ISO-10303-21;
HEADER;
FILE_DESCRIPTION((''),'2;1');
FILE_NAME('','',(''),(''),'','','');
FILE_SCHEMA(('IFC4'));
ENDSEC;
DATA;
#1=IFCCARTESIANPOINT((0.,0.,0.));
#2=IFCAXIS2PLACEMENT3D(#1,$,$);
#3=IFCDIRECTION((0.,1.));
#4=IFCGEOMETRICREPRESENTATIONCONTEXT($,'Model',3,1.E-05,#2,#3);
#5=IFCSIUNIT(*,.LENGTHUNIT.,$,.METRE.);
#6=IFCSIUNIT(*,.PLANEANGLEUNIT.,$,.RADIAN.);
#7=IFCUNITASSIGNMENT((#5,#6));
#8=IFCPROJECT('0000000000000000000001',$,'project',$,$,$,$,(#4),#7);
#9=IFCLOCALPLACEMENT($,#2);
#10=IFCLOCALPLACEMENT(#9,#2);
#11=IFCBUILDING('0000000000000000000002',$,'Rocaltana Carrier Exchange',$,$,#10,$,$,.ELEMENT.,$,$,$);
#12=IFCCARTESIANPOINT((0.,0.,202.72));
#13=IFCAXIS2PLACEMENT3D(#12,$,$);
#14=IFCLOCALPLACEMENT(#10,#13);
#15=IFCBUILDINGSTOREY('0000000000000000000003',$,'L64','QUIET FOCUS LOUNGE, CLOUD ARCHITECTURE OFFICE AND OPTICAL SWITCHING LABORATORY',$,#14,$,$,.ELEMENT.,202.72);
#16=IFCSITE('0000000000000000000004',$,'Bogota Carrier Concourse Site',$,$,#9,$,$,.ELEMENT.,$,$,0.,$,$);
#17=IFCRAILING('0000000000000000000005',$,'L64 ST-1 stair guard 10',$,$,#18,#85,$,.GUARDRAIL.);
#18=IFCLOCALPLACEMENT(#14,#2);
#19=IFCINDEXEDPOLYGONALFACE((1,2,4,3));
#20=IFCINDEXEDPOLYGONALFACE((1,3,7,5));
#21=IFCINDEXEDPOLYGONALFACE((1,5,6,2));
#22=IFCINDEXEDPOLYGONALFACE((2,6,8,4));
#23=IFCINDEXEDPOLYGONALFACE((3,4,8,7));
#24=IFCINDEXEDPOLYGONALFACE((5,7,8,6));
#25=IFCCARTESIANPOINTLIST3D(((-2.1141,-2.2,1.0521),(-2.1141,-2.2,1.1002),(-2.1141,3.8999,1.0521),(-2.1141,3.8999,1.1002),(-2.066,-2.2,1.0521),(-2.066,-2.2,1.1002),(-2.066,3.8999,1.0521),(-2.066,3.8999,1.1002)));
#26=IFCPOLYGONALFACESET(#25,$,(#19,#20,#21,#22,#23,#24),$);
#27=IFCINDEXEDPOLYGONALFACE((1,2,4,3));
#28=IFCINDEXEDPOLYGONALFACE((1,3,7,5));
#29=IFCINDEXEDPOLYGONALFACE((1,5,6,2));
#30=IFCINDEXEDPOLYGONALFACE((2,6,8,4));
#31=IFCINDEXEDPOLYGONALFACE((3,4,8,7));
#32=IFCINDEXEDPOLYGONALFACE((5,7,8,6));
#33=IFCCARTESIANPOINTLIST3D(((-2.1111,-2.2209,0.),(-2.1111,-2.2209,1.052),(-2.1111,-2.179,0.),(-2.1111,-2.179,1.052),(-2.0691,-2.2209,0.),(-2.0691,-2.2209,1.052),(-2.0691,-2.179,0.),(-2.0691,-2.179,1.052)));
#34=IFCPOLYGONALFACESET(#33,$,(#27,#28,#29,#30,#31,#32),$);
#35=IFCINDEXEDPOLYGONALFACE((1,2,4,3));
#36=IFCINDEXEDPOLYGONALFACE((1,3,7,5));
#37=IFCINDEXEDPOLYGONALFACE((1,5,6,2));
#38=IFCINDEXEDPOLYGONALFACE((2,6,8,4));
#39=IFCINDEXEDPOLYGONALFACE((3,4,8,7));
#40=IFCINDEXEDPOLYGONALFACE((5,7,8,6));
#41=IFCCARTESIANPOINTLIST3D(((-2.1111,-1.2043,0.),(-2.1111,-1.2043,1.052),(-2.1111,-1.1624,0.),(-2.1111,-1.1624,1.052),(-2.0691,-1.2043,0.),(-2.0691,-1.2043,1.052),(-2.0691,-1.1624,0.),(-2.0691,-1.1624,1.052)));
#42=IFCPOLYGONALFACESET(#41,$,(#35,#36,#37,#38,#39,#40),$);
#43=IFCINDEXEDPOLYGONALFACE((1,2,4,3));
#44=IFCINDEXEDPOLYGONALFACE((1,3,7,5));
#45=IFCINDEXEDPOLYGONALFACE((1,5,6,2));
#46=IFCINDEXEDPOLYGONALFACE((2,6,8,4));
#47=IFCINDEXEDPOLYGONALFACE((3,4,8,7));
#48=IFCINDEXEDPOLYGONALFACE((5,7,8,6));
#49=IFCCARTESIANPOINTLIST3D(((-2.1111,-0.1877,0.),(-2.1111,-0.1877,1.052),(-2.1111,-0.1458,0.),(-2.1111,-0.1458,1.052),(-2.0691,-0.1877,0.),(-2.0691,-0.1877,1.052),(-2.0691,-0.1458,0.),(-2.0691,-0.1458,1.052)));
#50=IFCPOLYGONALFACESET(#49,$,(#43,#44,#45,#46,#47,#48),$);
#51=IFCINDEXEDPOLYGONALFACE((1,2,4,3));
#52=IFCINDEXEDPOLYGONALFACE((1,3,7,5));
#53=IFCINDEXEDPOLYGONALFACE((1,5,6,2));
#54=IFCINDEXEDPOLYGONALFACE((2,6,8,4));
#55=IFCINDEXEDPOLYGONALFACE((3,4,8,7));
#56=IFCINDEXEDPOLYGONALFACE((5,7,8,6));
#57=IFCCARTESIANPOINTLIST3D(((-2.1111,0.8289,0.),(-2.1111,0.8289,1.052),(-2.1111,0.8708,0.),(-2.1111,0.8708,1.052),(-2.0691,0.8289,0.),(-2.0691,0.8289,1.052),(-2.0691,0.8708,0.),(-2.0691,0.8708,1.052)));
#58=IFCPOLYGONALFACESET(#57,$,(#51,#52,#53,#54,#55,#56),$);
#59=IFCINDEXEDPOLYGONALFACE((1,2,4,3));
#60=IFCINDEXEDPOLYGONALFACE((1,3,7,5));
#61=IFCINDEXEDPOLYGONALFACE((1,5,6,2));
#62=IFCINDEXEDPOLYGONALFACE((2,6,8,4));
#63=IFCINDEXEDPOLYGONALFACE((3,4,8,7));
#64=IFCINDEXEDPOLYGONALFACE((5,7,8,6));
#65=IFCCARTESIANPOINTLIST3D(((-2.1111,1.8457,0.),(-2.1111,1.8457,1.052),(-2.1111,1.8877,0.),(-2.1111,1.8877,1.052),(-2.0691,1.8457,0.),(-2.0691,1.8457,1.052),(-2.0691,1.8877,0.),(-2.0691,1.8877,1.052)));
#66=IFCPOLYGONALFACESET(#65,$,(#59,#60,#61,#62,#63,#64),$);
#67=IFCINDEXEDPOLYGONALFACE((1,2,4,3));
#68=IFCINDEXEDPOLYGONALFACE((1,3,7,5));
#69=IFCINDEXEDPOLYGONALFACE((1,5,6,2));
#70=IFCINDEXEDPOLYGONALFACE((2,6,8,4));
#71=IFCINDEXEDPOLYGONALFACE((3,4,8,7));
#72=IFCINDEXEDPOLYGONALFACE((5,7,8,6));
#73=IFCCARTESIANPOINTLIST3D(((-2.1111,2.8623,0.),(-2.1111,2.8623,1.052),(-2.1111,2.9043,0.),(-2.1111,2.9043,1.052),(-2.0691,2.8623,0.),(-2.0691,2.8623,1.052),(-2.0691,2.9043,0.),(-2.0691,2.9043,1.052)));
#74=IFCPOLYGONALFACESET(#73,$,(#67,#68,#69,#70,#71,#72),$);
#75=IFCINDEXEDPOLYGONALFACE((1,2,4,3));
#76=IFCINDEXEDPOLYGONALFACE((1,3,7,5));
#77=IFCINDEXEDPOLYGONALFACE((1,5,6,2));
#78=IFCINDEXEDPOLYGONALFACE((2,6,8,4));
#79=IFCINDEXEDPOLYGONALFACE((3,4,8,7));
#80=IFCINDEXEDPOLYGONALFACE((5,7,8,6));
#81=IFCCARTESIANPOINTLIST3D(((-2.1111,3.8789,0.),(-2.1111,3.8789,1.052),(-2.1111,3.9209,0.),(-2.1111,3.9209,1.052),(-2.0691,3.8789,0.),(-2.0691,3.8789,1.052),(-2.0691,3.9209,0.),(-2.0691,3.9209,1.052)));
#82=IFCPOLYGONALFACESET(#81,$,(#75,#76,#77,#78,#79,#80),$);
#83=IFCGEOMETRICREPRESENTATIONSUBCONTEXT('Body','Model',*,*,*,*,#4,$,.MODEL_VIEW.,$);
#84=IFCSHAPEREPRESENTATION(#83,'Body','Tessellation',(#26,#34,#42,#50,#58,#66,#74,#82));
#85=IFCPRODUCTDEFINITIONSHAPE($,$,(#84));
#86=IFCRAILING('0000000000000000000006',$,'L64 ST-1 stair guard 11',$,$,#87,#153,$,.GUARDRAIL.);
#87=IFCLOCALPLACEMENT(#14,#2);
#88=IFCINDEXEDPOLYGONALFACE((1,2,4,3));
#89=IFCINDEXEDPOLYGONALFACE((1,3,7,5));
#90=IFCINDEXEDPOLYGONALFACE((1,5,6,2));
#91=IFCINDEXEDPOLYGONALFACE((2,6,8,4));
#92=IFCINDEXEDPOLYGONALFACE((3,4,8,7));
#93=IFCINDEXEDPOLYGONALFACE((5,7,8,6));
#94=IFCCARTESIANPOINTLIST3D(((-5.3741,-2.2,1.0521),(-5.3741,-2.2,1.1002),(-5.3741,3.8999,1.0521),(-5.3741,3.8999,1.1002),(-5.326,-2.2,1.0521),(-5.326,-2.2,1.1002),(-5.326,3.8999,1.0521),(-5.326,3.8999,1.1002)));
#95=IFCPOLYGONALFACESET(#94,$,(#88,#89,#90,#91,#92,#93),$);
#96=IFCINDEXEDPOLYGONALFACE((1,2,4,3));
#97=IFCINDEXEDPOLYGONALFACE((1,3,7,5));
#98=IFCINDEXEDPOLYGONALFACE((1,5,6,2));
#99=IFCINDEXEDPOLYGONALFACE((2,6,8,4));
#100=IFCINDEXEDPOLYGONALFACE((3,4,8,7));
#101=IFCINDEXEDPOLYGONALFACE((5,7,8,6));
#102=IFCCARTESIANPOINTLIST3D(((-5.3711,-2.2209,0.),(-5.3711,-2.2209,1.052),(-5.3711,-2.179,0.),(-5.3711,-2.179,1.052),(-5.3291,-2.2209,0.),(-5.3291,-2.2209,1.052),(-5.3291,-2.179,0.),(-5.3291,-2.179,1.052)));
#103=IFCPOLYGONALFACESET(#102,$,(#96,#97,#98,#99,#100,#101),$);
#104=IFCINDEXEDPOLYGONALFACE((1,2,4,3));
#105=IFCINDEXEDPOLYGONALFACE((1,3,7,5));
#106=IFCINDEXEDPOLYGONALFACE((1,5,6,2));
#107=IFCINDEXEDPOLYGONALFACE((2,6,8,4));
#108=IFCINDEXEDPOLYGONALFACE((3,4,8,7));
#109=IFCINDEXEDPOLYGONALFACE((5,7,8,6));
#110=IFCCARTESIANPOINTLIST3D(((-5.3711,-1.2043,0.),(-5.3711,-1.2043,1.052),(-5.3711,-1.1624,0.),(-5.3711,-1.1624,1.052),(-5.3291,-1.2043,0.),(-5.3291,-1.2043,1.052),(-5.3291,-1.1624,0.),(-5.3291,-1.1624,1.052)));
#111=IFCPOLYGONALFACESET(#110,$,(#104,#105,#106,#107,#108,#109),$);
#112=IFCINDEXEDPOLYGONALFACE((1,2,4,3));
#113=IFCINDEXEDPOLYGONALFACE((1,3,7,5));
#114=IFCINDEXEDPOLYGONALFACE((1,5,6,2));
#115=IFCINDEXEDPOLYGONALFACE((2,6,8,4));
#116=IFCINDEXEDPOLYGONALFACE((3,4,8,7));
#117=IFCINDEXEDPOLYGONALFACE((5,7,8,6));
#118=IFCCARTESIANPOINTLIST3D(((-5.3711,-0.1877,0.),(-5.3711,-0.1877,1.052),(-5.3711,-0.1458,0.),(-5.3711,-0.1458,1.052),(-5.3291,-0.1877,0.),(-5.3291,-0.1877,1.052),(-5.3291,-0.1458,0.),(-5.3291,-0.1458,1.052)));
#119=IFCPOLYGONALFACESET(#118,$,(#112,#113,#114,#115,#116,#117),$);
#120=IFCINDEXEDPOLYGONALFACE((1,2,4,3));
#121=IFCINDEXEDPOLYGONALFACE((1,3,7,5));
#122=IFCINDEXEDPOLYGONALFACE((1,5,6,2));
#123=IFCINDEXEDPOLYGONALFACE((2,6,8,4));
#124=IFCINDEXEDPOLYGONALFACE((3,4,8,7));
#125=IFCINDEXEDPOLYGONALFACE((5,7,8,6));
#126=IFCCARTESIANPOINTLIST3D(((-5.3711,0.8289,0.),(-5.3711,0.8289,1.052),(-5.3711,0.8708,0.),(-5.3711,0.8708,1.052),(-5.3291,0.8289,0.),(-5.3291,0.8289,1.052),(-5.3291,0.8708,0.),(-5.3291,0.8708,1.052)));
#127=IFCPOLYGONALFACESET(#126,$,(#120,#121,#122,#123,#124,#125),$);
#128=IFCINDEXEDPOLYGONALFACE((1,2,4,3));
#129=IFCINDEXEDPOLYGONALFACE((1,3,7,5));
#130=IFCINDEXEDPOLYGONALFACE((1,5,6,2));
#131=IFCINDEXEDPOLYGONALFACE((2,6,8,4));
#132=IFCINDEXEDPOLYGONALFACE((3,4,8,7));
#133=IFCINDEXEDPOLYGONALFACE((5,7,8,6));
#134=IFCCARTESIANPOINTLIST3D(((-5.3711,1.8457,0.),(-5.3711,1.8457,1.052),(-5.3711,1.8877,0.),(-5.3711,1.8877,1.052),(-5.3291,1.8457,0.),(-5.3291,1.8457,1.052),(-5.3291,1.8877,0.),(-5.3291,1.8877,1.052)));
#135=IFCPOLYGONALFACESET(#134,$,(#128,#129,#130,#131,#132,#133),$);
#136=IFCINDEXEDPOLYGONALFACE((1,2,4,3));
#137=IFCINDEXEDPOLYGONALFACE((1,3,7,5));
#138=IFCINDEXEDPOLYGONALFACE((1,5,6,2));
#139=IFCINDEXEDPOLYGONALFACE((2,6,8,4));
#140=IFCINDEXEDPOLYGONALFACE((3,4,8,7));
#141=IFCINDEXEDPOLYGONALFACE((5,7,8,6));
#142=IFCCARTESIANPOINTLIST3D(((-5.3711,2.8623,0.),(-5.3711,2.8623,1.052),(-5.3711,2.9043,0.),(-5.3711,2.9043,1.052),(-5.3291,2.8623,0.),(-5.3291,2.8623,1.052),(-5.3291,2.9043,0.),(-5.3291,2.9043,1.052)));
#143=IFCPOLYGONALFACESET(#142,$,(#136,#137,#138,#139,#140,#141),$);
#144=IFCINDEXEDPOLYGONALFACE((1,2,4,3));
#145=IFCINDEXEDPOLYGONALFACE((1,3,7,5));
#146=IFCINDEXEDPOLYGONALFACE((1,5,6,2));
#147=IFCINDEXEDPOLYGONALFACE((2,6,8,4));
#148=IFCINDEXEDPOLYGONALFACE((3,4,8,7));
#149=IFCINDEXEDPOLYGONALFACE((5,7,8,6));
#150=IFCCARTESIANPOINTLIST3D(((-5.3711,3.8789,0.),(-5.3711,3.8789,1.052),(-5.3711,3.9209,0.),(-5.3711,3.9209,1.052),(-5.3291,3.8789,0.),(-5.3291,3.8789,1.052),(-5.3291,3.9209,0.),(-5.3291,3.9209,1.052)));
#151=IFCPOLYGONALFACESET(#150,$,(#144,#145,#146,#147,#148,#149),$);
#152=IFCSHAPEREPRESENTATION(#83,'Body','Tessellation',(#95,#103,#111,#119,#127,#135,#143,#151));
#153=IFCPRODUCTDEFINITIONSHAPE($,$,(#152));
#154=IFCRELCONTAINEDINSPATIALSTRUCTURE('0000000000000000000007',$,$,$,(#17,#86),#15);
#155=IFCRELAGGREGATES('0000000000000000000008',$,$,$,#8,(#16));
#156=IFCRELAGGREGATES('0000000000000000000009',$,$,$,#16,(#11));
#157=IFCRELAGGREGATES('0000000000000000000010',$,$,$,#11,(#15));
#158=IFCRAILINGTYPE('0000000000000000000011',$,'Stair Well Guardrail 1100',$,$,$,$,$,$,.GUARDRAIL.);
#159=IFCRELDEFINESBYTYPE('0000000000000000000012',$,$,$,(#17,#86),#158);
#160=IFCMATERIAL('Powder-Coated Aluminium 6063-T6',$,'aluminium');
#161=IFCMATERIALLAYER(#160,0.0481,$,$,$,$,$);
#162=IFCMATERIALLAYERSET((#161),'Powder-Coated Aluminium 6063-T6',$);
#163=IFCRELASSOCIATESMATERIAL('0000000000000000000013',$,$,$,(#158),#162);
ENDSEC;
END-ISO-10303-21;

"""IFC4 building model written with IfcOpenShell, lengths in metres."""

from ifc_helpers import new_model, si_unit, direction, frame, origin, origin_2d, place, context, subcontext, project, spatial, rectangle, extrude, material, layer, layer_set, type_object, element, save


model = new_model("IFC4")

# Units and contexts
model_context = context("Model", 3, precision=1e-05, world=origin(), true_north=direction((0.0, 1.0)))
body_context = subcontext(model_context, "Body", "Model", "MODEL_VIEW")
ifc_project = project(units=[si_unit("LENGTHUNIT", "METRE"), si_unit("PLANEANGLEUNIT", "RADIAN")], contexts=[model_context])

# Site, building, storey
site_placement = place(None, origin())
site = spatial("IfcSite", under=ifc_project, at=site_placement, Name="Bogota Carrier Concourse Site", CompositionType="ELEMENT", RefElevation=0.0)
building_placement = place(site_placement, origin())
building = spatial("IfcBuilding", under=site, at=building_placement, Name="Rocaltana Carrier Exchange", CompositionType="ELEMENT")
storey_placement = place(building_placement, frame((0.0, 0.0, 202.72)))
storey = spatial("IfcBuildingStorey", under=building, at=storey_placement, Name="L64", Description="QUIET FOCUS LOUNGE, CLOUD ARCHITECTURE OFFICE AND OPTICAL SWITCHING LABORATORY", CompositionType="ELEMENT", Elevation=202.72)

# Railings
ifc_material_1 = material(Name="Powder-Coated Aluminium 6063-T6", Category="aluminium")
ifc_layer_1 = layer(ifc_material_1, 0.0481)
ifc_layer_set_1 = layer_set([ifc_layer_1], Name="Powder-Coated Aluminium 6063-T6")
railing_type_1 = type_object("IfcRailingType", Name="Stair Well Guardrail 1100", PredefinedType="GUARDRAIL", material=ifc_layer_set_1)
for number, where, name in (
    (1, (-2.0901, -2.2, 0.0), "L64 ST-1 stair guard 10"),
    (2, (-5.3501, -2.2, 0.0), "L64 ST-1 stair guard 11"),
):
    element("IfcRailing", number, at=place(storey_placement, frame(where)), inside=storey, type_object=railing_type_1, Name=name, PredefinedType="GUARDRAIL", context=body_context, shape_type="SweptSolid", body=[
        extrude(rectangle(XDim=0.0481, YDim=0.0481, at=origin_2d()), frame((0.0, 0.0, 1.0762), z_axis=(0.0, 1.0, 0.0), x_axis=(-1.0, 0.0, 0.0)), (0.0, 0.0, 1.0), 6.0999),
        extrude(rectangle(XDim=0.042, YDim=0.042, at=origin_2d()), origin(), (0.0, 0.0, 1.0), 1.052),
        extrude(rectangle(XDim=0.042, YDim=0.042, at=origin_2d()), frame((0.0, 1.0166, 0.0)), (0.0, 0.0, 1.0), 1.052),
        extrude(rectangle(XDim=0.042, YDim=0.042, at=origin_2d()), frame((0.0, 2.0332, 0.0)), (0.0, 0.0, 1.0), 1.052),
        extrude(rectangle(XDim=0.042, YDim=0.042, at=origin_2d()), frame((0.0, 3.0498, 0.0)), (0.0, 0.0, 1.0), 1.052),
        extrude(rectangle(XDim=0.042, YDim=0.042, at=origin_2d()), frame((0.0, 4.0667, 0.0)), (0.0, 0.0, 1.0), 1.052),
        extrude(rectangle(XDim=0.042, YDim=0.042, at=origin_2d()), frame((0.0, 5.0833, 0.0)), (0.0, 0.0, 1.0), 1.052),
        extrude(rectangle(XDim=0.042, YDim=0.042, at=origin_2d()), frame((0.0, 6.0999, 0.0)), (0.0, 0.0, 1.0), 1.052),
    ])

save(model, "model.ifc")
